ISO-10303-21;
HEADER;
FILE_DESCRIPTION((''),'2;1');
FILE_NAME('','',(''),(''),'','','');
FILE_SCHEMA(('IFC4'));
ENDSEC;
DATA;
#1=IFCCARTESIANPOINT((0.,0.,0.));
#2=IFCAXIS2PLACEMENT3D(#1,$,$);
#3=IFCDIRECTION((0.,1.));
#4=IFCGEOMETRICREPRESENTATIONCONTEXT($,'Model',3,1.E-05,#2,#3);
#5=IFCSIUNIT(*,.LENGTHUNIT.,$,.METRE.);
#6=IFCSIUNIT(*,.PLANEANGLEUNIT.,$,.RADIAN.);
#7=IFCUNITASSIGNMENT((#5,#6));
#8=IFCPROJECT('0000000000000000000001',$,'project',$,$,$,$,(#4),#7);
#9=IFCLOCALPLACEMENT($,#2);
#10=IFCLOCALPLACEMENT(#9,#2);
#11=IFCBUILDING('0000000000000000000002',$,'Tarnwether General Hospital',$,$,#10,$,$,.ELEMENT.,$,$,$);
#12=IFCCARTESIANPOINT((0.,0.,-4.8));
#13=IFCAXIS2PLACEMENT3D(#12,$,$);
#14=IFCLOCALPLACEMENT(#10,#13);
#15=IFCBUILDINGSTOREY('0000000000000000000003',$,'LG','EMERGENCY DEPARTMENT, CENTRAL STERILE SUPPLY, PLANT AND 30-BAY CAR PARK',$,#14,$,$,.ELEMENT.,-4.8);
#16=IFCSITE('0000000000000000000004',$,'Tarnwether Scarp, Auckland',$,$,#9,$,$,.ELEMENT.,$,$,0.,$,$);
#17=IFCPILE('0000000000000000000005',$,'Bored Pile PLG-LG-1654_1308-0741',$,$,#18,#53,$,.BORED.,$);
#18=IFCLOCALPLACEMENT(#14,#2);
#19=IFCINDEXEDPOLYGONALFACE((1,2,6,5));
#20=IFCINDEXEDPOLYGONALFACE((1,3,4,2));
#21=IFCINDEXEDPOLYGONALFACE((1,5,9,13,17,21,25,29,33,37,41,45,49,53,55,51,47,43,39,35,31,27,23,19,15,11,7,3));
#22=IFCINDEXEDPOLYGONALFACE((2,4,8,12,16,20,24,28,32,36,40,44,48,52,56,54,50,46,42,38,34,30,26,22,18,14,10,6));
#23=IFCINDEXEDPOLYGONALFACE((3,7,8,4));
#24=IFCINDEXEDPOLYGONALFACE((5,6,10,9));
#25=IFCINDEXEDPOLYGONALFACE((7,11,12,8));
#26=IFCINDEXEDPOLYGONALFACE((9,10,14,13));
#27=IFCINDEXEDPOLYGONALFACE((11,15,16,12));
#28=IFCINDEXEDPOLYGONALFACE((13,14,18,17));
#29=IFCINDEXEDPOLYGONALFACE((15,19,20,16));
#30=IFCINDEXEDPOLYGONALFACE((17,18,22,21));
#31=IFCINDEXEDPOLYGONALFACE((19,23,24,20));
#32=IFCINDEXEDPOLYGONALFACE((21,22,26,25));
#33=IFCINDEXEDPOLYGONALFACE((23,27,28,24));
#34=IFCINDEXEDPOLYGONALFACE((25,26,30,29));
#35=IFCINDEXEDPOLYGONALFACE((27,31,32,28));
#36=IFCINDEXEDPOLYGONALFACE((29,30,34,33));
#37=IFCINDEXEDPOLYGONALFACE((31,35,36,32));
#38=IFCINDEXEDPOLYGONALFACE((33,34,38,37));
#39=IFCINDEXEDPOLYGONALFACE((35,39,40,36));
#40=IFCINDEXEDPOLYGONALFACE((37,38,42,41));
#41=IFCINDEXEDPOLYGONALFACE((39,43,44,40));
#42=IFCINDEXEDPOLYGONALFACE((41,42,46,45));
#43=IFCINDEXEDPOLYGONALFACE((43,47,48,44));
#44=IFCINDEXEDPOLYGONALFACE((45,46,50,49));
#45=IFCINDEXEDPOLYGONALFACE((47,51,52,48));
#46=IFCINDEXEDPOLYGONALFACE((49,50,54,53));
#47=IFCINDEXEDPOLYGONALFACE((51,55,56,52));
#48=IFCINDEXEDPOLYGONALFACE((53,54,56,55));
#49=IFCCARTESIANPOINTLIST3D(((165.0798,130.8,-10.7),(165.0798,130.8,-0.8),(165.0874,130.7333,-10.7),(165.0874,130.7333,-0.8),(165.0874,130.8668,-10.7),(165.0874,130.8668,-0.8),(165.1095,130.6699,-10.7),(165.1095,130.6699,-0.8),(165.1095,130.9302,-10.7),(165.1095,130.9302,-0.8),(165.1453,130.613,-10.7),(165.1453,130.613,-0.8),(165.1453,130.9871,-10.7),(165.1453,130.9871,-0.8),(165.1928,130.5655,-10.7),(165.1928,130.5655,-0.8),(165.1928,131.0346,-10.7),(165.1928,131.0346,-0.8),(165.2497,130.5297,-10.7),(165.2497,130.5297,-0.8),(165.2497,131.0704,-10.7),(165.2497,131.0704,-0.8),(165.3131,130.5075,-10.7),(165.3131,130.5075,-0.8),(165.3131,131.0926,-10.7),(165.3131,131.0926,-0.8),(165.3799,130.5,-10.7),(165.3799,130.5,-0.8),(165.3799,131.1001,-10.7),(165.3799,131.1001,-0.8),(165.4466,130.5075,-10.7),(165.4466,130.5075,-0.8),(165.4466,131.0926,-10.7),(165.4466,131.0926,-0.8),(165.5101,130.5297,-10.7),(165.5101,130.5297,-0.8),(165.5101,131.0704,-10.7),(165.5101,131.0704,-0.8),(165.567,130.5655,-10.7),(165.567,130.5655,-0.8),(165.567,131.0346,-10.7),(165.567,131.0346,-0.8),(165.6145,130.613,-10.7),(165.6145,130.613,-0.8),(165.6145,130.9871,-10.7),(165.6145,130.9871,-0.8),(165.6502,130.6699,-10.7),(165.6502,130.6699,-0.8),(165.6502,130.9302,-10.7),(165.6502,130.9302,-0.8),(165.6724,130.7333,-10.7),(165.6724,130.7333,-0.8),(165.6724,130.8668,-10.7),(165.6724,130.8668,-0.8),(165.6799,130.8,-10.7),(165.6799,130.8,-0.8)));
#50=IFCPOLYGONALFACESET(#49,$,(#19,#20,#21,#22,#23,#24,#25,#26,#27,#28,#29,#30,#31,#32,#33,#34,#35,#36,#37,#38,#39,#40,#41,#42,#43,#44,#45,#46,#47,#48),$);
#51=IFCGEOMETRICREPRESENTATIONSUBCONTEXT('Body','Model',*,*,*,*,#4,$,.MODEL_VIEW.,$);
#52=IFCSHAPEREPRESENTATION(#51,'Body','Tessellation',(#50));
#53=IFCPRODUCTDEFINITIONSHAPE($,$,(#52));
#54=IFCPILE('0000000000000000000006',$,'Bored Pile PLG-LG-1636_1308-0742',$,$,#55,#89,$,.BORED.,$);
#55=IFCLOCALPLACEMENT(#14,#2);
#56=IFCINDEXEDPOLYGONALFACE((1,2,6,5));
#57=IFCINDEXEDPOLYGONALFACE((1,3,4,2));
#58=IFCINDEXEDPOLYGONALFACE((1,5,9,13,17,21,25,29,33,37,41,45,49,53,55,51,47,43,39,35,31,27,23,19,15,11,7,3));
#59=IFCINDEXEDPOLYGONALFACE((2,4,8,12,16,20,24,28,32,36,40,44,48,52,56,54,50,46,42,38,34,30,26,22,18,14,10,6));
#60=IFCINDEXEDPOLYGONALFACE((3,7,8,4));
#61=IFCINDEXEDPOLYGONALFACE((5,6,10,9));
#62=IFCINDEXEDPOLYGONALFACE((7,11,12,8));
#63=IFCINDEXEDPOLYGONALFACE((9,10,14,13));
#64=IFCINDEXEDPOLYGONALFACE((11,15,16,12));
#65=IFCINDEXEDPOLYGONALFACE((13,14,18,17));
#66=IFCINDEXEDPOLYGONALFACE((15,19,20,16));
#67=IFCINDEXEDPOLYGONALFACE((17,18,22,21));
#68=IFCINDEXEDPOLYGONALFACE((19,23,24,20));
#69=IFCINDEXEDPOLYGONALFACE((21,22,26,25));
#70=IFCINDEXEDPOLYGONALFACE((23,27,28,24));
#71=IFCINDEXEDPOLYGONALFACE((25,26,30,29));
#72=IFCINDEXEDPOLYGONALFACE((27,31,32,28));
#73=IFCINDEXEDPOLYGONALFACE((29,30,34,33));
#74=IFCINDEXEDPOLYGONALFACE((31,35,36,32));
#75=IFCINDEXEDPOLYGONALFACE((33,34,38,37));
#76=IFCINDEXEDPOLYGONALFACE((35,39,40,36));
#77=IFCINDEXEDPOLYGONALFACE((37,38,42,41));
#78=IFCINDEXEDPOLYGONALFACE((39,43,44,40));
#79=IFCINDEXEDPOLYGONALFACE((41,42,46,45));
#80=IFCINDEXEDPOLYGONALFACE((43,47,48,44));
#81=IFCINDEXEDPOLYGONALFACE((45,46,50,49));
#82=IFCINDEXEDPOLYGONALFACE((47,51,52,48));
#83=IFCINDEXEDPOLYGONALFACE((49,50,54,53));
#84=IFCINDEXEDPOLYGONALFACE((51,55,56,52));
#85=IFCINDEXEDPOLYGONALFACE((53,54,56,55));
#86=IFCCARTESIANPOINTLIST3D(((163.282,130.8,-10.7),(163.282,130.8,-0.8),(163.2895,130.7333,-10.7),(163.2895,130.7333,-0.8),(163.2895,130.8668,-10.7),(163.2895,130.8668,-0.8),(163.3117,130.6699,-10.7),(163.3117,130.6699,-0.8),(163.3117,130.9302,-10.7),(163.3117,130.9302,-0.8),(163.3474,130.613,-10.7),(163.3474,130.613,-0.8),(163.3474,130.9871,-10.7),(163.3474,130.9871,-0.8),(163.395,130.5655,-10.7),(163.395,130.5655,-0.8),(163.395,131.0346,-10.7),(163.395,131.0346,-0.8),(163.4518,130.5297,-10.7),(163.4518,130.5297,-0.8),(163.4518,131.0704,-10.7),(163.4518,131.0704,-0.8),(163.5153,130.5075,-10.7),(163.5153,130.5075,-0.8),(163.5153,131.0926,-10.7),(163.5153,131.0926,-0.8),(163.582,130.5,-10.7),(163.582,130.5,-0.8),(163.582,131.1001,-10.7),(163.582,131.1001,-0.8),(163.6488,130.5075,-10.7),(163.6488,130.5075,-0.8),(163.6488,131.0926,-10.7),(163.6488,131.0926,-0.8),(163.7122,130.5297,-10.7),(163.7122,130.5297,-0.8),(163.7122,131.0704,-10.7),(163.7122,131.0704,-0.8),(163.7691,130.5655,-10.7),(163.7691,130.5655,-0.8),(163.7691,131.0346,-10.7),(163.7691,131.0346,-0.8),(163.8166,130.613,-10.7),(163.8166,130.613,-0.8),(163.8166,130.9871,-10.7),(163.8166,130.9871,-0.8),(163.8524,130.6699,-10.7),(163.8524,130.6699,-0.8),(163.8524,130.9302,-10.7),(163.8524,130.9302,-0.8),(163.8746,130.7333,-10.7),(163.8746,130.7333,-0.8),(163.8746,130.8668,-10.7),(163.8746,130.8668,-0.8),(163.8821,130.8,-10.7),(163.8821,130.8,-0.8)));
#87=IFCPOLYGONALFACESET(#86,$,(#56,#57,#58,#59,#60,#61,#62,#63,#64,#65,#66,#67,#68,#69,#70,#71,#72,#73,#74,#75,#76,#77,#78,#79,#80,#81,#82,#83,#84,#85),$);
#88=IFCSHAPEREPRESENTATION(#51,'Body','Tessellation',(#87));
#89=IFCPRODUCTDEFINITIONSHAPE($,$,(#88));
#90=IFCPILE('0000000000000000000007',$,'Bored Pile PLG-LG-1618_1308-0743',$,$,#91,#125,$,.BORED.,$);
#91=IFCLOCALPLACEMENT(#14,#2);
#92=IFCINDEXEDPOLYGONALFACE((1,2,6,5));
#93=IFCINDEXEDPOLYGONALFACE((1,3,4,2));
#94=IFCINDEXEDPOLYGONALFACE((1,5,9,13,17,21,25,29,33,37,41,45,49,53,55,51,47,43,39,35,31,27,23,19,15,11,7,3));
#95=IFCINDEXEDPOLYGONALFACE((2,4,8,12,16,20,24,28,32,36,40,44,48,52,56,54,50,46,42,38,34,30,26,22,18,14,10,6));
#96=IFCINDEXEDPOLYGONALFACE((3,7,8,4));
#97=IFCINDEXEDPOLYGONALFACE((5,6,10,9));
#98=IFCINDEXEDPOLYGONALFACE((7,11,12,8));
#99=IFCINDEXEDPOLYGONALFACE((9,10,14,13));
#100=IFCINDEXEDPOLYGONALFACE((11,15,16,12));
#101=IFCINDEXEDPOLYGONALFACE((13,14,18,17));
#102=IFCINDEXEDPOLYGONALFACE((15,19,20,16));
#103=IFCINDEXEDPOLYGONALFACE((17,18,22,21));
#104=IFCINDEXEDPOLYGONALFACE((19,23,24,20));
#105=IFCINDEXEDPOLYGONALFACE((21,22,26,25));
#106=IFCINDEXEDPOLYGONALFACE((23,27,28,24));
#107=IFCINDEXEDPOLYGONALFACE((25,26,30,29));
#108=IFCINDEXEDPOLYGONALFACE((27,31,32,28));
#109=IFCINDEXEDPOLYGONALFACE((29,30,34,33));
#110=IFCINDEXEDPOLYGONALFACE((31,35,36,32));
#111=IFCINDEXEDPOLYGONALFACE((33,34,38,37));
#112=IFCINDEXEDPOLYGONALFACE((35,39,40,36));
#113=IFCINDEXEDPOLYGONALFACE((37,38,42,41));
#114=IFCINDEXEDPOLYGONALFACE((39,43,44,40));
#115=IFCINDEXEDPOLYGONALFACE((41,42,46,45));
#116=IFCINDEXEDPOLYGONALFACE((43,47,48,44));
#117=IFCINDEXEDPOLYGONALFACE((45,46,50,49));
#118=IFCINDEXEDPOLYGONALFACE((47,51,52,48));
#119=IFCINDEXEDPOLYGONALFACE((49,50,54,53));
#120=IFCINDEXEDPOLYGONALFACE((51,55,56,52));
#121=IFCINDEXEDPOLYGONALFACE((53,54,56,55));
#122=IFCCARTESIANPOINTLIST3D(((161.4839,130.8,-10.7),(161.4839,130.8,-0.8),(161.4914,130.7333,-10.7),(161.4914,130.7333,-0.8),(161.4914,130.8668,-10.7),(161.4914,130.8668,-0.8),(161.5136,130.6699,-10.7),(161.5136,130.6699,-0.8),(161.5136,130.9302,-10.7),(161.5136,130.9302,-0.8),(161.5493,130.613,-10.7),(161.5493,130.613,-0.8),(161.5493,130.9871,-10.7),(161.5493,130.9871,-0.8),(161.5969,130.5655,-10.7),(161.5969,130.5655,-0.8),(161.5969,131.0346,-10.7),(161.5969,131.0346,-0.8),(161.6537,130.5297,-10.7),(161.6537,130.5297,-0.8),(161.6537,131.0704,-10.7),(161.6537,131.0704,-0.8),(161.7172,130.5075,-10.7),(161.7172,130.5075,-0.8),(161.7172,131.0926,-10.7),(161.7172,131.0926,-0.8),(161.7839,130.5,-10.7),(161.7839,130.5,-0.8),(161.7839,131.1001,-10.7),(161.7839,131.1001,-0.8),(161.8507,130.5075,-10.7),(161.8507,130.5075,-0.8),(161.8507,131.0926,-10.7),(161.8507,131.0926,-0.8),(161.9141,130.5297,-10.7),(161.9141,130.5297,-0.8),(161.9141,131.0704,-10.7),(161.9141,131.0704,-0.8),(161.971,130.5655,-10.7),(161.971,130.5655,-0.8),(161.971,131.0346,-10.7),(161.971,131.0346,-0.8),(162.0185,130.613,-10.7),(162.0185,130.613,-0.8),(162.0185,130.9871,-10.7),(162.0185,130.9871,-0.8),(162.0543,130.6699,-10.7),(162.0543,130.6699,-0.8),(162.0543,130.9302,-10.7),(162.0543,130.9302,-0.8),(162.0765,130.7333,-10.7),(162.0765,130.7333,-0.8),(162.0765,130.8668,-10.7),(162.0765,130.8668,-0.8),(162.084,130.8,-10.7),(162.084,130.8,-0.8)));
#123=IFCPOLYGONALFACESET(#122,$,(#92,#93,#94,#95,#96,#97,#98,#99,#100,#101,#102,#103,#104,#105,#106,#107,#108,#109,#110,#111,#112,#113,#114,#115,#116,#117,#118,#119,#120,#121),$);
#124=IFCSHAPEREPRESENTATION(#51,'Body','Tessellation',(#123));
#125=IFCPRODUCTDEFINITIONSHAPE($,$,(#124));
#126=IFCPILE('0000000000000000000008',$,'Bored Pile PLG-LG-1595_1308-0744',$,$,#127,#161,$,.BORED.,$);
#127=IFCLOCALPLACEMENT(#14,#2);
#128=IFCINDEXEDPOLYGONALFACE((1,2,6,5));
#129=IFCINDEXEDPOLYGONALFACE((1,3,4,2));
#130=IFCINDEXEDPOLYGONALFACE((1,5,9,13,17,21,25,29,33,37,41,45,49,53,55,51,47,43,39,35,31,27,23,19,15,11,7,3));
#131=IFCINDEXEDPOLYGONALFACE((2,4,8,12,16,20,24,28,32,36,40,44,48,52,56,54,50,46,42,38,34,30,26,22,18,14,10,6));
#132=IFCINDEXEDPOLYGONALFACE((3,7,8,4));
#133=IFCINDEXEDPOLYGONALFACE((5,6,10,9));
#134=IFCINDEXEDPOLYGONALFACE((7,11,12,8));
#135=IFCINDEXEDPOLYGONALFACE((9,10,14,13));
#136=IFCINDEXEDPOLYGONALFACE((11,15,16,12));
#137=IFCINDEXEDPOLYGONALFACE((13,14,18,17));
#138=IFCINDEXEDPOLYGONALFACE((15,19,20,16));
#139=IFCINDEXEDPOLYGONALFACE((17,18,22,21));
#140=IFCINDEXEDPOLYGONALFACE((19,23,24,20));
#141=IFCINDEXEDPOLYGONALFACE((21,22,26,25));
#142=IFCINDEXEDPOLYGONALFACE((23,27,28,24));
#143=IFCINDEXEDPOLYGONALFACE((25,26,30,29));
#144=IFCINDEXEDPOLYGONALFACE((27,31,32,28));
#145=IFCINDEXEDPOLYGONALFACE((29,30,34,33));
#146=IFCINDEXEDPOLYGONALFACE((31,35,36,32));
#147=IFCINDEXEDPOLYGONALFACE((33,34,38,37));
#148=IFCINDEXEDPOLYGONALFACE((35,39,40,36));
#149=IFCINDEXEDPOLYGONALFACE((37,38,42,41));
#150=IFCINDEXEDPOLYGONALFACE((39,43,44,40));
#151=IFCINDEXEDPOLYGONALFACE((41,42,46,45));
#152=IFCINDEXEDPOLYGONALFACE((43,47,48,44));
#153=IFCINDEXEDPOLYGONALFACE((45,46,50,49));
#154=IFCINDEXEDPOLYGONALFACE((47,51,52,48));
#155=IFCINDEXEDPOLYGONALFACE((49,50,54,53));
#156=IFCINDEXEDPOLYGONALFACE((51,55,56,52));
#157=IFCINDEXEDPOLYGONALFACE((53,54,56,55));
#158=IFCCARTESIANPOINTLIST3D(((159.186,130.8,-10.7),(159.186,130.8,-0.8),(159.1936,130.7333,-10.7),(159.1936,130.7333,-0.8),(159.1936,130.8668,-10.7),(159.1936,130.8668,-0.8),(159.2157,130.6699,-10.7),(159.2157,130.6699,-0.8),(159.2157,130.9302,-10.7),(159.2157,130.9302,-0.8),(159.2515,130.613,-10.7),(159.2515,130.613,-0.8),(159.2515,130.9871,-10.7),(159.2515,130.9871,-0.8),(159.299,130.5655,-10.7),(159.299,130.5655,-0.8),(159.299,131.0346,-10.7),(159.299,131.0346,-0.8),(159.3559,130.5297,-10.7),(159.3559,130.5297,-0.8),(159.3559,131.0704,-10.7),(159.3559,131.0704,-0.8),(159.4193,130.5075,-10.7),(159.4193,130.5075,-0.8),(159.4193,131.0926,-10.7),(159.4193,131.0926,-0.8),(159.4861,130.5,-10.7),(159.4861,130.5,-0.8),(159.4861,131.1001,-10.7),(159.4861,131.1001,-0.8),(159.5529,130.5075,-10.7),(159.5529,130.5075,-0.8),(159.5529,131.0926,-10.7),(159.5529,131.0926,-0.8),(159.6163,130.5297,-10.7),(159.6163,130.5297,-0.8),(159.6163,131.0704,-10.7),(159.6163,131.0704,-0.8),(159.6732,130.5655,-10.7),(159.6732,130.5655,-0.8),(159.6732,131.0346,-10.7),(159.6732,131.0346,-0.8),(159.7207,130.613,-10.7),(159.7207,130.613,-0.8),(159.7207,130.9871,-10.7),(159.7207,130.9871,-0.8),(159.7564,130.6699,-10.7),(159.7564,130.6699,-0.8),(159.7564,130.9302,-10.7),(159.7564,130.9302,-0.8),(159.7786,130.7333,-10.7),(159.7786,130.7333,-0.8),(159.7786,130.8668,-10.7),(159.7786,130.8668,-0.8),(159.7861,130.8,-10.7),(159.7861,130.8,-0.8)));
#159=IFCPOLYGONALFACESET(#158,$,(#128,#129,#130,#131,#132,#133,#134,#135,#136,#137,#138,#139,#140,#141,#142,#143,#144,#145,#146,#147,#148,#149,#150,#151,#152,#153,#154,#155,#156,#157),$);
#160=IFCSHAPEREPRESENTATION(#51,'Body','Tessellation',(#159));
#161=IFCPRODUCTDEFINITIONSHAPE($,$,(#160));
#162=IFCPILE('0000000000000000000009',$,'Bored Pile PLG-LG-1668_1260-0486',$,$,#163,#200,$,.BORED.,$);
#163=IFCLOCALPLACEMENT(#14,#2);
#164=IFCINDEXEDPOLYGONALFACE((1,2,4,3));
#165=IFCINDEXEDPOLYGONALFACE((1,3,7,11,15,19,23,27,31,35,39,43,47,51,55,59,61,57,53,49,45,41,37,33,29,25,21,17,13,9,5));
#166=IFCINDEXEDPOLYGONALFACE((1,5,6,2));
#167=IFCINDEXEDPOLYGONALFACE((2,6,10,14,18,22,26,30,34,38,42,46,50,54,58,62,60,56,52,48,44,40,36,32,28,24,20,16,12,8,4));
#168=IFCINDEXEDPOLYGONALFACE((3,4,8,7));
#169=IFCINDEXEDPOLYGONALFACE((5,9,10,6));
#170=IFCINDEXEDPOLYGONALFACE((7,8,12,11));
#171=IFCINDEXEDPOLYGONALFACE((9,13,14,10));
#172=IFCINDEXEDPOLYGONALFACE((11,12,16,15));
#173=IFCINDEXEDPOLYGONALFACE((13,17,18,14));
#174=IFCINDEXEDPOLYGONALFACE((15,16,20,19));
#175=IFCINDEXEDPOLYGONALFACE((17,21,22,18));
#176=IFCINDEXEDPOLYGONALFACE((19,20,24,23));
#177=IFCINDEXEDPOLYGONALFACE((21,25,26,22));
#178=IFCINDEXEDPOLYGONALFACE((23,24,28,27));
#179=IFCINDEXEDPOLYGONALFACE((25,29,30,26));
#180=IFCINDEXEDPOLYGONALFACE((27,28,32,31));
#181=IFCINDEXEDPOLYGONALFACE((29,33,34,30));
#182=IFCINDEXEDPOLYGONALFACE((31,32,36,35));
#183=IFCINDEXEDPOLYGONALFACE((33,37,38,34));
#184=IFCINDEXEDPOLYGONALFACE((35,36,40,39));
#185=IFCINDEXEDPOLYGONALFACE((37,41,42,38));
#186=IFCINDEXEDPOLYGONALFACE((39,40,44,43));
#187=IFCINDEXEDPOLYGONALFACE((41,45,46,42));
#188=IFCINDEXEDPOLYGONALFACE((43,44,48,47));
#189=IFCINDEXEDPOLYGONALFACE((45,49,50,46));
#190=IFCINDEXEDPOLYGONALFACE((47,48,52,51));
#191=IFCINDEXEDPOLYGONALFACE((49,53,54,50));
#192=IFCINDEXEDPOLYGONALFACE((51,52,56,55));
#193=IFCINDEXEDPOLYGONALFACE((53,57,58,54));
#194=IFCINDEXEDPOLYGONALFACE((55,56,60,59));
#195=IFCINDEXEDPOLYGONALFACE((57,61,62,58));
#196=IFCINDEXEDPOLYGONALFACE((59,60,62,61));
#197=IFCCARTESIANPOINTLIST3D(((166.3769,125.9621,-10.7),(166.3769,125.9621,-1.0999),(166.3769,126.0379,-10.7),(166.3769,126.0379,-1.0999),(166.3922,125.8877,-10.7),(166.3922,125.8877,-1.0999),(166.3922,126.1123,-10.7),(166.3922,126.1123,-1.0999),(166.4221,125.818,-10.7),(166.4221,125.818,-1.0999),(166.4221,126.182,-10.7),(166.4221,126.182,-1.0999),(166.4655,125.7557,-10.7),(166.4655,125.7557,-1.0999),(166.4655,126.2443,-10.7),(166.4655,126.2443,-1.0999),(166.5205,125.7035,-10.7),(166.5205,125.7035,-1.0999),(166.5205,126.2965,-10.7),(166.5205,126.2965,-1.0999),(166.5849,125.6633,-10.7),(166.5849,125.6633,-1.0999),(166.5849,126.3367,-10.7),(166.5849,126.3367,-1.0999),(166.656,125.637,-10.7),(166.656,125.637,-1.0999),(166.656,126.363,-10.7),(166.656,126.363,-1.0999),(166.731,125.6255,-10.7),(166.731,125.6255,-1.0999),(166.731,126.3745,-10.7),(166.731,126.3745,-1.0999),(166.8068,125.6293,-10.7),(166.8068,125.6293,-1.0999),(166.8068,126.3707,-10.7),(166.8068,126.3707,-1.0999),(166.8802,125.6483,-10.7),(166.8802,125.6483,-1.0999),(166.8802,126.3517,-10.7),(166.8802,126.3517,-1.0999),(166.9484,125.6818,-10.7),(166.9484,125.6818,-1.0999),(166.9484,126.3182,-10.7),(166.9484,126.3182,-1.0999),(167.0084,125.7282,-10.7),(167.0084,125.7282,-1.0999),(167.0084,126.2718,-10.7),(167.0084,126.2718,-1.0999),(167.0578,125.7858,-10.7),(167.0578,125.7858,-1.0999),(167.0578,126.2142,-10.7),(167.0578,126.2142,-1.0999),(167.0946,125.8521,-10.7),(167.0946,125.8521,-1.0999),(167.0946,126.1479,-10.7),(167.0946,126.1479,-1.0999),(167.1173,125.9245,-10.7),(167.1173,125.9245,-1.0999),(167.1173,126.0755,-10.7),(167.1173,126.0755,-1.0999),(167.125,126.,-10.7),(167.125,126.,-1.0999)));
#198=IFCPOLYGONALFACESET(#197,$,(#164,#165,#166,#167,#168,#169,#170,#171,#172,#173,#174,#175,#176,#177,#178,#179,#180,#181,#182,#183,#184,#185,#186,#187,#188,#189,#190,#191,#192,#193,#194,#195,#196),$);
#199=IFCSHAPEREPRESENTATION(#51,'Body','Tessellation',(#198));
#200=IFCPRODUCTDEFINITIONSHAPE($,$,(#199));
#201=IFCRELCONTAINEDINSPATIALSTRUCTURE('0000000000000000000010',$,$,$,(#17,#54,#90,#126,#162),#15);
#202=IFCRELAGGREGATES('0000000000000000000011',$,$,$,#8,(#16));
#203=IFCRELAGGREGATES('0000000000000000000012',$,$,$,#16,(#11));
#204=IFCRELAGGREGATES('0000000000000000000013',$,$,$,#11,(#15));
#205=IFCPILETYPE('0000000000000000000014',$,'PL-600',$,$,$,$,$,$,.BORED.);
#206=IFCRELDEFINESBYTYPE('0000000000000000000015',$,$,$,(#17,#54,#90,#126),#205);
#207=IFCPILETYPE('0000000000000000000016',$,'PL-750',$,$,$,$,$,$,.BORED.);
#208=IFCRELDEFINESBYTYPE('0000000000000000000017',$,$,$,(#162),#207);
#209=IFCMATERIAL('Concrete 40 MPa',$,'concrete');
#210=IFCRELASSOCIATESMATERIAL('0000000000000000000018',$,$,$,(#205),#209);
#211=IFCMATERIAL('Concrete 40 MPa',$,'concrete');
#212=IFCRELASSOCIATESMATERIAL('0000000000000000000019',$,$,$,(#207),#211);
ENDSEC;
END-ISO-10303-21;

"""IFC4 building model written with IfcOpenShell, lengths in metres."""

from ifc_helpers import new_model, si_unit, direction, frame, origin, origin_2d, place, context, subcontext, project, spatial, circle, extrude, material, material_profile, profile_set, type_object, element, save


model = new_model("IFC4")

# Units and contexts
model_context = context("Model", 3, precision=1e-05, world=origin(), true_north=direction((0.0, 1.0)))
body_context = subcontext(model_context, "Body", "Model", "MODEL_VIEW")
ifc_project = project(units=[si_unit("LENGTHUNIT", "METRE"), si_unit("PLANEANGLEUNIT", "RADIAN")], contexts=[model_context])

# Site, building, storey
site_placement = place(None, origin())
site = spatial("IfcSite", under=ifc_project, at=site_placement, Name="Tarnwether Scarp, Auckland", CompositionType="ELEMENT", RefElevation=0.0)
building_placement = place(site_placement, origin())
building = spatial("IfcBuilding", under=site, at=building_placement, Name="Tarnwether General Hospital", CompositionType="ELEMENT")
storey_placement = place(building_placement, frame((0.0, 0.0, -4.8)))
storey = spatial("IfcBuildingStorey", under=building, at=storey_placement, Name="LG", Description="EMERGENCY DEPARTMENT, CENTRAL STERILE SUPPLY, PLANT AND 30-BAY CAR PARK", CompositionType="ELEMENT", Elevation=-4.8)

# Piles
ifc_material_1 = material(Name="Concrete 40 MPa", Category="concrete")
ifc_material_profile_1 = material_profile(ifc_material_1, circle(Radius=0.3, at=origin_2d()), Name="PILE-D600")
ifc_profile_set_1 = profile_set([ifc_material_profile_1], Name="Concrete 40 MPa")
pile_type_1 = type_object("IfcPileType", Name="PL-600", PredefinedType="BORED", material=ifc_profile_set_1)
for number, where, z_axis, x_axis, name in (
    (1, (165.3799, 130.8, -0.8), (0.0, 0.0, -1.0), (1.0, 0.0, 0.0), "Bored Pile PLG-LG-1654_1308-0741"),
    (2, (163.582, 130.8, -0.8), (0.0, 0.0, -1.0), (1.0, 0.0, 0.0), "Bored Pile PLG-LG-1636_1308-0742"),
    (3, (161.7839, 130.8, -0.8), (0.0, 0.0, -1.0), (1.0, 0.0, 0.0), "Bored Pile PLG-LG-1618_1308-0743"),
    (4, (159.4861, 130.8, -0.8), (0.0, 0.0, -1.0), (1.0, 0.0, 0.0), "Bored Pile PLG-LG-1595_1308-0744"),
):
    element("IfcPile", number, at=place(storey_placement, frame(where, z_axis=z_axis, x_axis=x_axis)), inside=storey, type_object=pile_type_1, Name=name, PredefinedType="BORED", context=body_context, shape_type="SweptSolid", body=[
        extrude(circle(Radius=0.3, at=origin_2d()), origin(), (0.0, 0.0, 1.0), 9.8999),
    ])
ifc_material_2 = material(Name="Concrete 40 MPa", Category="concrete")
ifc_material_profile_2 = material_profile(ifc_material_2, circle(Radius=0.375, at=origin_2d()), Name="PILE-D750")
ifc_profile_set_2 = profile_set([ifc_material_profile_2], Name="Concrete 40 MPa")
pile_type_2 = type_object("IfcPileType", Name="PL-750", PredefinedType="BORED", material=ifc_profile_set_2)
for number, where, z_axis, x_axis, name in (
    (5, (166.75, 126.0, -1.0999), (0.0, 0.0, -1.0), (1.0, 0.0, 0.0), "Bored Pile PLG-LG-1668_1260-0486"),
):
    element("IfcPile", number, at=place(storey_placement, frame(where, z_axis=z_axis, x_axis=x_axis)), inside=storey, type_object=pile_type_2, Name=name, PredefinedType="BORED", context=body_context, shape_type="SweptSolid", body=[
        extrude(circle(Radius=0.375, at=origin_2d()), origin(), (0.0, 0.0, 1.0), 9.6001),
    ])

save(model, "model.ifc")
